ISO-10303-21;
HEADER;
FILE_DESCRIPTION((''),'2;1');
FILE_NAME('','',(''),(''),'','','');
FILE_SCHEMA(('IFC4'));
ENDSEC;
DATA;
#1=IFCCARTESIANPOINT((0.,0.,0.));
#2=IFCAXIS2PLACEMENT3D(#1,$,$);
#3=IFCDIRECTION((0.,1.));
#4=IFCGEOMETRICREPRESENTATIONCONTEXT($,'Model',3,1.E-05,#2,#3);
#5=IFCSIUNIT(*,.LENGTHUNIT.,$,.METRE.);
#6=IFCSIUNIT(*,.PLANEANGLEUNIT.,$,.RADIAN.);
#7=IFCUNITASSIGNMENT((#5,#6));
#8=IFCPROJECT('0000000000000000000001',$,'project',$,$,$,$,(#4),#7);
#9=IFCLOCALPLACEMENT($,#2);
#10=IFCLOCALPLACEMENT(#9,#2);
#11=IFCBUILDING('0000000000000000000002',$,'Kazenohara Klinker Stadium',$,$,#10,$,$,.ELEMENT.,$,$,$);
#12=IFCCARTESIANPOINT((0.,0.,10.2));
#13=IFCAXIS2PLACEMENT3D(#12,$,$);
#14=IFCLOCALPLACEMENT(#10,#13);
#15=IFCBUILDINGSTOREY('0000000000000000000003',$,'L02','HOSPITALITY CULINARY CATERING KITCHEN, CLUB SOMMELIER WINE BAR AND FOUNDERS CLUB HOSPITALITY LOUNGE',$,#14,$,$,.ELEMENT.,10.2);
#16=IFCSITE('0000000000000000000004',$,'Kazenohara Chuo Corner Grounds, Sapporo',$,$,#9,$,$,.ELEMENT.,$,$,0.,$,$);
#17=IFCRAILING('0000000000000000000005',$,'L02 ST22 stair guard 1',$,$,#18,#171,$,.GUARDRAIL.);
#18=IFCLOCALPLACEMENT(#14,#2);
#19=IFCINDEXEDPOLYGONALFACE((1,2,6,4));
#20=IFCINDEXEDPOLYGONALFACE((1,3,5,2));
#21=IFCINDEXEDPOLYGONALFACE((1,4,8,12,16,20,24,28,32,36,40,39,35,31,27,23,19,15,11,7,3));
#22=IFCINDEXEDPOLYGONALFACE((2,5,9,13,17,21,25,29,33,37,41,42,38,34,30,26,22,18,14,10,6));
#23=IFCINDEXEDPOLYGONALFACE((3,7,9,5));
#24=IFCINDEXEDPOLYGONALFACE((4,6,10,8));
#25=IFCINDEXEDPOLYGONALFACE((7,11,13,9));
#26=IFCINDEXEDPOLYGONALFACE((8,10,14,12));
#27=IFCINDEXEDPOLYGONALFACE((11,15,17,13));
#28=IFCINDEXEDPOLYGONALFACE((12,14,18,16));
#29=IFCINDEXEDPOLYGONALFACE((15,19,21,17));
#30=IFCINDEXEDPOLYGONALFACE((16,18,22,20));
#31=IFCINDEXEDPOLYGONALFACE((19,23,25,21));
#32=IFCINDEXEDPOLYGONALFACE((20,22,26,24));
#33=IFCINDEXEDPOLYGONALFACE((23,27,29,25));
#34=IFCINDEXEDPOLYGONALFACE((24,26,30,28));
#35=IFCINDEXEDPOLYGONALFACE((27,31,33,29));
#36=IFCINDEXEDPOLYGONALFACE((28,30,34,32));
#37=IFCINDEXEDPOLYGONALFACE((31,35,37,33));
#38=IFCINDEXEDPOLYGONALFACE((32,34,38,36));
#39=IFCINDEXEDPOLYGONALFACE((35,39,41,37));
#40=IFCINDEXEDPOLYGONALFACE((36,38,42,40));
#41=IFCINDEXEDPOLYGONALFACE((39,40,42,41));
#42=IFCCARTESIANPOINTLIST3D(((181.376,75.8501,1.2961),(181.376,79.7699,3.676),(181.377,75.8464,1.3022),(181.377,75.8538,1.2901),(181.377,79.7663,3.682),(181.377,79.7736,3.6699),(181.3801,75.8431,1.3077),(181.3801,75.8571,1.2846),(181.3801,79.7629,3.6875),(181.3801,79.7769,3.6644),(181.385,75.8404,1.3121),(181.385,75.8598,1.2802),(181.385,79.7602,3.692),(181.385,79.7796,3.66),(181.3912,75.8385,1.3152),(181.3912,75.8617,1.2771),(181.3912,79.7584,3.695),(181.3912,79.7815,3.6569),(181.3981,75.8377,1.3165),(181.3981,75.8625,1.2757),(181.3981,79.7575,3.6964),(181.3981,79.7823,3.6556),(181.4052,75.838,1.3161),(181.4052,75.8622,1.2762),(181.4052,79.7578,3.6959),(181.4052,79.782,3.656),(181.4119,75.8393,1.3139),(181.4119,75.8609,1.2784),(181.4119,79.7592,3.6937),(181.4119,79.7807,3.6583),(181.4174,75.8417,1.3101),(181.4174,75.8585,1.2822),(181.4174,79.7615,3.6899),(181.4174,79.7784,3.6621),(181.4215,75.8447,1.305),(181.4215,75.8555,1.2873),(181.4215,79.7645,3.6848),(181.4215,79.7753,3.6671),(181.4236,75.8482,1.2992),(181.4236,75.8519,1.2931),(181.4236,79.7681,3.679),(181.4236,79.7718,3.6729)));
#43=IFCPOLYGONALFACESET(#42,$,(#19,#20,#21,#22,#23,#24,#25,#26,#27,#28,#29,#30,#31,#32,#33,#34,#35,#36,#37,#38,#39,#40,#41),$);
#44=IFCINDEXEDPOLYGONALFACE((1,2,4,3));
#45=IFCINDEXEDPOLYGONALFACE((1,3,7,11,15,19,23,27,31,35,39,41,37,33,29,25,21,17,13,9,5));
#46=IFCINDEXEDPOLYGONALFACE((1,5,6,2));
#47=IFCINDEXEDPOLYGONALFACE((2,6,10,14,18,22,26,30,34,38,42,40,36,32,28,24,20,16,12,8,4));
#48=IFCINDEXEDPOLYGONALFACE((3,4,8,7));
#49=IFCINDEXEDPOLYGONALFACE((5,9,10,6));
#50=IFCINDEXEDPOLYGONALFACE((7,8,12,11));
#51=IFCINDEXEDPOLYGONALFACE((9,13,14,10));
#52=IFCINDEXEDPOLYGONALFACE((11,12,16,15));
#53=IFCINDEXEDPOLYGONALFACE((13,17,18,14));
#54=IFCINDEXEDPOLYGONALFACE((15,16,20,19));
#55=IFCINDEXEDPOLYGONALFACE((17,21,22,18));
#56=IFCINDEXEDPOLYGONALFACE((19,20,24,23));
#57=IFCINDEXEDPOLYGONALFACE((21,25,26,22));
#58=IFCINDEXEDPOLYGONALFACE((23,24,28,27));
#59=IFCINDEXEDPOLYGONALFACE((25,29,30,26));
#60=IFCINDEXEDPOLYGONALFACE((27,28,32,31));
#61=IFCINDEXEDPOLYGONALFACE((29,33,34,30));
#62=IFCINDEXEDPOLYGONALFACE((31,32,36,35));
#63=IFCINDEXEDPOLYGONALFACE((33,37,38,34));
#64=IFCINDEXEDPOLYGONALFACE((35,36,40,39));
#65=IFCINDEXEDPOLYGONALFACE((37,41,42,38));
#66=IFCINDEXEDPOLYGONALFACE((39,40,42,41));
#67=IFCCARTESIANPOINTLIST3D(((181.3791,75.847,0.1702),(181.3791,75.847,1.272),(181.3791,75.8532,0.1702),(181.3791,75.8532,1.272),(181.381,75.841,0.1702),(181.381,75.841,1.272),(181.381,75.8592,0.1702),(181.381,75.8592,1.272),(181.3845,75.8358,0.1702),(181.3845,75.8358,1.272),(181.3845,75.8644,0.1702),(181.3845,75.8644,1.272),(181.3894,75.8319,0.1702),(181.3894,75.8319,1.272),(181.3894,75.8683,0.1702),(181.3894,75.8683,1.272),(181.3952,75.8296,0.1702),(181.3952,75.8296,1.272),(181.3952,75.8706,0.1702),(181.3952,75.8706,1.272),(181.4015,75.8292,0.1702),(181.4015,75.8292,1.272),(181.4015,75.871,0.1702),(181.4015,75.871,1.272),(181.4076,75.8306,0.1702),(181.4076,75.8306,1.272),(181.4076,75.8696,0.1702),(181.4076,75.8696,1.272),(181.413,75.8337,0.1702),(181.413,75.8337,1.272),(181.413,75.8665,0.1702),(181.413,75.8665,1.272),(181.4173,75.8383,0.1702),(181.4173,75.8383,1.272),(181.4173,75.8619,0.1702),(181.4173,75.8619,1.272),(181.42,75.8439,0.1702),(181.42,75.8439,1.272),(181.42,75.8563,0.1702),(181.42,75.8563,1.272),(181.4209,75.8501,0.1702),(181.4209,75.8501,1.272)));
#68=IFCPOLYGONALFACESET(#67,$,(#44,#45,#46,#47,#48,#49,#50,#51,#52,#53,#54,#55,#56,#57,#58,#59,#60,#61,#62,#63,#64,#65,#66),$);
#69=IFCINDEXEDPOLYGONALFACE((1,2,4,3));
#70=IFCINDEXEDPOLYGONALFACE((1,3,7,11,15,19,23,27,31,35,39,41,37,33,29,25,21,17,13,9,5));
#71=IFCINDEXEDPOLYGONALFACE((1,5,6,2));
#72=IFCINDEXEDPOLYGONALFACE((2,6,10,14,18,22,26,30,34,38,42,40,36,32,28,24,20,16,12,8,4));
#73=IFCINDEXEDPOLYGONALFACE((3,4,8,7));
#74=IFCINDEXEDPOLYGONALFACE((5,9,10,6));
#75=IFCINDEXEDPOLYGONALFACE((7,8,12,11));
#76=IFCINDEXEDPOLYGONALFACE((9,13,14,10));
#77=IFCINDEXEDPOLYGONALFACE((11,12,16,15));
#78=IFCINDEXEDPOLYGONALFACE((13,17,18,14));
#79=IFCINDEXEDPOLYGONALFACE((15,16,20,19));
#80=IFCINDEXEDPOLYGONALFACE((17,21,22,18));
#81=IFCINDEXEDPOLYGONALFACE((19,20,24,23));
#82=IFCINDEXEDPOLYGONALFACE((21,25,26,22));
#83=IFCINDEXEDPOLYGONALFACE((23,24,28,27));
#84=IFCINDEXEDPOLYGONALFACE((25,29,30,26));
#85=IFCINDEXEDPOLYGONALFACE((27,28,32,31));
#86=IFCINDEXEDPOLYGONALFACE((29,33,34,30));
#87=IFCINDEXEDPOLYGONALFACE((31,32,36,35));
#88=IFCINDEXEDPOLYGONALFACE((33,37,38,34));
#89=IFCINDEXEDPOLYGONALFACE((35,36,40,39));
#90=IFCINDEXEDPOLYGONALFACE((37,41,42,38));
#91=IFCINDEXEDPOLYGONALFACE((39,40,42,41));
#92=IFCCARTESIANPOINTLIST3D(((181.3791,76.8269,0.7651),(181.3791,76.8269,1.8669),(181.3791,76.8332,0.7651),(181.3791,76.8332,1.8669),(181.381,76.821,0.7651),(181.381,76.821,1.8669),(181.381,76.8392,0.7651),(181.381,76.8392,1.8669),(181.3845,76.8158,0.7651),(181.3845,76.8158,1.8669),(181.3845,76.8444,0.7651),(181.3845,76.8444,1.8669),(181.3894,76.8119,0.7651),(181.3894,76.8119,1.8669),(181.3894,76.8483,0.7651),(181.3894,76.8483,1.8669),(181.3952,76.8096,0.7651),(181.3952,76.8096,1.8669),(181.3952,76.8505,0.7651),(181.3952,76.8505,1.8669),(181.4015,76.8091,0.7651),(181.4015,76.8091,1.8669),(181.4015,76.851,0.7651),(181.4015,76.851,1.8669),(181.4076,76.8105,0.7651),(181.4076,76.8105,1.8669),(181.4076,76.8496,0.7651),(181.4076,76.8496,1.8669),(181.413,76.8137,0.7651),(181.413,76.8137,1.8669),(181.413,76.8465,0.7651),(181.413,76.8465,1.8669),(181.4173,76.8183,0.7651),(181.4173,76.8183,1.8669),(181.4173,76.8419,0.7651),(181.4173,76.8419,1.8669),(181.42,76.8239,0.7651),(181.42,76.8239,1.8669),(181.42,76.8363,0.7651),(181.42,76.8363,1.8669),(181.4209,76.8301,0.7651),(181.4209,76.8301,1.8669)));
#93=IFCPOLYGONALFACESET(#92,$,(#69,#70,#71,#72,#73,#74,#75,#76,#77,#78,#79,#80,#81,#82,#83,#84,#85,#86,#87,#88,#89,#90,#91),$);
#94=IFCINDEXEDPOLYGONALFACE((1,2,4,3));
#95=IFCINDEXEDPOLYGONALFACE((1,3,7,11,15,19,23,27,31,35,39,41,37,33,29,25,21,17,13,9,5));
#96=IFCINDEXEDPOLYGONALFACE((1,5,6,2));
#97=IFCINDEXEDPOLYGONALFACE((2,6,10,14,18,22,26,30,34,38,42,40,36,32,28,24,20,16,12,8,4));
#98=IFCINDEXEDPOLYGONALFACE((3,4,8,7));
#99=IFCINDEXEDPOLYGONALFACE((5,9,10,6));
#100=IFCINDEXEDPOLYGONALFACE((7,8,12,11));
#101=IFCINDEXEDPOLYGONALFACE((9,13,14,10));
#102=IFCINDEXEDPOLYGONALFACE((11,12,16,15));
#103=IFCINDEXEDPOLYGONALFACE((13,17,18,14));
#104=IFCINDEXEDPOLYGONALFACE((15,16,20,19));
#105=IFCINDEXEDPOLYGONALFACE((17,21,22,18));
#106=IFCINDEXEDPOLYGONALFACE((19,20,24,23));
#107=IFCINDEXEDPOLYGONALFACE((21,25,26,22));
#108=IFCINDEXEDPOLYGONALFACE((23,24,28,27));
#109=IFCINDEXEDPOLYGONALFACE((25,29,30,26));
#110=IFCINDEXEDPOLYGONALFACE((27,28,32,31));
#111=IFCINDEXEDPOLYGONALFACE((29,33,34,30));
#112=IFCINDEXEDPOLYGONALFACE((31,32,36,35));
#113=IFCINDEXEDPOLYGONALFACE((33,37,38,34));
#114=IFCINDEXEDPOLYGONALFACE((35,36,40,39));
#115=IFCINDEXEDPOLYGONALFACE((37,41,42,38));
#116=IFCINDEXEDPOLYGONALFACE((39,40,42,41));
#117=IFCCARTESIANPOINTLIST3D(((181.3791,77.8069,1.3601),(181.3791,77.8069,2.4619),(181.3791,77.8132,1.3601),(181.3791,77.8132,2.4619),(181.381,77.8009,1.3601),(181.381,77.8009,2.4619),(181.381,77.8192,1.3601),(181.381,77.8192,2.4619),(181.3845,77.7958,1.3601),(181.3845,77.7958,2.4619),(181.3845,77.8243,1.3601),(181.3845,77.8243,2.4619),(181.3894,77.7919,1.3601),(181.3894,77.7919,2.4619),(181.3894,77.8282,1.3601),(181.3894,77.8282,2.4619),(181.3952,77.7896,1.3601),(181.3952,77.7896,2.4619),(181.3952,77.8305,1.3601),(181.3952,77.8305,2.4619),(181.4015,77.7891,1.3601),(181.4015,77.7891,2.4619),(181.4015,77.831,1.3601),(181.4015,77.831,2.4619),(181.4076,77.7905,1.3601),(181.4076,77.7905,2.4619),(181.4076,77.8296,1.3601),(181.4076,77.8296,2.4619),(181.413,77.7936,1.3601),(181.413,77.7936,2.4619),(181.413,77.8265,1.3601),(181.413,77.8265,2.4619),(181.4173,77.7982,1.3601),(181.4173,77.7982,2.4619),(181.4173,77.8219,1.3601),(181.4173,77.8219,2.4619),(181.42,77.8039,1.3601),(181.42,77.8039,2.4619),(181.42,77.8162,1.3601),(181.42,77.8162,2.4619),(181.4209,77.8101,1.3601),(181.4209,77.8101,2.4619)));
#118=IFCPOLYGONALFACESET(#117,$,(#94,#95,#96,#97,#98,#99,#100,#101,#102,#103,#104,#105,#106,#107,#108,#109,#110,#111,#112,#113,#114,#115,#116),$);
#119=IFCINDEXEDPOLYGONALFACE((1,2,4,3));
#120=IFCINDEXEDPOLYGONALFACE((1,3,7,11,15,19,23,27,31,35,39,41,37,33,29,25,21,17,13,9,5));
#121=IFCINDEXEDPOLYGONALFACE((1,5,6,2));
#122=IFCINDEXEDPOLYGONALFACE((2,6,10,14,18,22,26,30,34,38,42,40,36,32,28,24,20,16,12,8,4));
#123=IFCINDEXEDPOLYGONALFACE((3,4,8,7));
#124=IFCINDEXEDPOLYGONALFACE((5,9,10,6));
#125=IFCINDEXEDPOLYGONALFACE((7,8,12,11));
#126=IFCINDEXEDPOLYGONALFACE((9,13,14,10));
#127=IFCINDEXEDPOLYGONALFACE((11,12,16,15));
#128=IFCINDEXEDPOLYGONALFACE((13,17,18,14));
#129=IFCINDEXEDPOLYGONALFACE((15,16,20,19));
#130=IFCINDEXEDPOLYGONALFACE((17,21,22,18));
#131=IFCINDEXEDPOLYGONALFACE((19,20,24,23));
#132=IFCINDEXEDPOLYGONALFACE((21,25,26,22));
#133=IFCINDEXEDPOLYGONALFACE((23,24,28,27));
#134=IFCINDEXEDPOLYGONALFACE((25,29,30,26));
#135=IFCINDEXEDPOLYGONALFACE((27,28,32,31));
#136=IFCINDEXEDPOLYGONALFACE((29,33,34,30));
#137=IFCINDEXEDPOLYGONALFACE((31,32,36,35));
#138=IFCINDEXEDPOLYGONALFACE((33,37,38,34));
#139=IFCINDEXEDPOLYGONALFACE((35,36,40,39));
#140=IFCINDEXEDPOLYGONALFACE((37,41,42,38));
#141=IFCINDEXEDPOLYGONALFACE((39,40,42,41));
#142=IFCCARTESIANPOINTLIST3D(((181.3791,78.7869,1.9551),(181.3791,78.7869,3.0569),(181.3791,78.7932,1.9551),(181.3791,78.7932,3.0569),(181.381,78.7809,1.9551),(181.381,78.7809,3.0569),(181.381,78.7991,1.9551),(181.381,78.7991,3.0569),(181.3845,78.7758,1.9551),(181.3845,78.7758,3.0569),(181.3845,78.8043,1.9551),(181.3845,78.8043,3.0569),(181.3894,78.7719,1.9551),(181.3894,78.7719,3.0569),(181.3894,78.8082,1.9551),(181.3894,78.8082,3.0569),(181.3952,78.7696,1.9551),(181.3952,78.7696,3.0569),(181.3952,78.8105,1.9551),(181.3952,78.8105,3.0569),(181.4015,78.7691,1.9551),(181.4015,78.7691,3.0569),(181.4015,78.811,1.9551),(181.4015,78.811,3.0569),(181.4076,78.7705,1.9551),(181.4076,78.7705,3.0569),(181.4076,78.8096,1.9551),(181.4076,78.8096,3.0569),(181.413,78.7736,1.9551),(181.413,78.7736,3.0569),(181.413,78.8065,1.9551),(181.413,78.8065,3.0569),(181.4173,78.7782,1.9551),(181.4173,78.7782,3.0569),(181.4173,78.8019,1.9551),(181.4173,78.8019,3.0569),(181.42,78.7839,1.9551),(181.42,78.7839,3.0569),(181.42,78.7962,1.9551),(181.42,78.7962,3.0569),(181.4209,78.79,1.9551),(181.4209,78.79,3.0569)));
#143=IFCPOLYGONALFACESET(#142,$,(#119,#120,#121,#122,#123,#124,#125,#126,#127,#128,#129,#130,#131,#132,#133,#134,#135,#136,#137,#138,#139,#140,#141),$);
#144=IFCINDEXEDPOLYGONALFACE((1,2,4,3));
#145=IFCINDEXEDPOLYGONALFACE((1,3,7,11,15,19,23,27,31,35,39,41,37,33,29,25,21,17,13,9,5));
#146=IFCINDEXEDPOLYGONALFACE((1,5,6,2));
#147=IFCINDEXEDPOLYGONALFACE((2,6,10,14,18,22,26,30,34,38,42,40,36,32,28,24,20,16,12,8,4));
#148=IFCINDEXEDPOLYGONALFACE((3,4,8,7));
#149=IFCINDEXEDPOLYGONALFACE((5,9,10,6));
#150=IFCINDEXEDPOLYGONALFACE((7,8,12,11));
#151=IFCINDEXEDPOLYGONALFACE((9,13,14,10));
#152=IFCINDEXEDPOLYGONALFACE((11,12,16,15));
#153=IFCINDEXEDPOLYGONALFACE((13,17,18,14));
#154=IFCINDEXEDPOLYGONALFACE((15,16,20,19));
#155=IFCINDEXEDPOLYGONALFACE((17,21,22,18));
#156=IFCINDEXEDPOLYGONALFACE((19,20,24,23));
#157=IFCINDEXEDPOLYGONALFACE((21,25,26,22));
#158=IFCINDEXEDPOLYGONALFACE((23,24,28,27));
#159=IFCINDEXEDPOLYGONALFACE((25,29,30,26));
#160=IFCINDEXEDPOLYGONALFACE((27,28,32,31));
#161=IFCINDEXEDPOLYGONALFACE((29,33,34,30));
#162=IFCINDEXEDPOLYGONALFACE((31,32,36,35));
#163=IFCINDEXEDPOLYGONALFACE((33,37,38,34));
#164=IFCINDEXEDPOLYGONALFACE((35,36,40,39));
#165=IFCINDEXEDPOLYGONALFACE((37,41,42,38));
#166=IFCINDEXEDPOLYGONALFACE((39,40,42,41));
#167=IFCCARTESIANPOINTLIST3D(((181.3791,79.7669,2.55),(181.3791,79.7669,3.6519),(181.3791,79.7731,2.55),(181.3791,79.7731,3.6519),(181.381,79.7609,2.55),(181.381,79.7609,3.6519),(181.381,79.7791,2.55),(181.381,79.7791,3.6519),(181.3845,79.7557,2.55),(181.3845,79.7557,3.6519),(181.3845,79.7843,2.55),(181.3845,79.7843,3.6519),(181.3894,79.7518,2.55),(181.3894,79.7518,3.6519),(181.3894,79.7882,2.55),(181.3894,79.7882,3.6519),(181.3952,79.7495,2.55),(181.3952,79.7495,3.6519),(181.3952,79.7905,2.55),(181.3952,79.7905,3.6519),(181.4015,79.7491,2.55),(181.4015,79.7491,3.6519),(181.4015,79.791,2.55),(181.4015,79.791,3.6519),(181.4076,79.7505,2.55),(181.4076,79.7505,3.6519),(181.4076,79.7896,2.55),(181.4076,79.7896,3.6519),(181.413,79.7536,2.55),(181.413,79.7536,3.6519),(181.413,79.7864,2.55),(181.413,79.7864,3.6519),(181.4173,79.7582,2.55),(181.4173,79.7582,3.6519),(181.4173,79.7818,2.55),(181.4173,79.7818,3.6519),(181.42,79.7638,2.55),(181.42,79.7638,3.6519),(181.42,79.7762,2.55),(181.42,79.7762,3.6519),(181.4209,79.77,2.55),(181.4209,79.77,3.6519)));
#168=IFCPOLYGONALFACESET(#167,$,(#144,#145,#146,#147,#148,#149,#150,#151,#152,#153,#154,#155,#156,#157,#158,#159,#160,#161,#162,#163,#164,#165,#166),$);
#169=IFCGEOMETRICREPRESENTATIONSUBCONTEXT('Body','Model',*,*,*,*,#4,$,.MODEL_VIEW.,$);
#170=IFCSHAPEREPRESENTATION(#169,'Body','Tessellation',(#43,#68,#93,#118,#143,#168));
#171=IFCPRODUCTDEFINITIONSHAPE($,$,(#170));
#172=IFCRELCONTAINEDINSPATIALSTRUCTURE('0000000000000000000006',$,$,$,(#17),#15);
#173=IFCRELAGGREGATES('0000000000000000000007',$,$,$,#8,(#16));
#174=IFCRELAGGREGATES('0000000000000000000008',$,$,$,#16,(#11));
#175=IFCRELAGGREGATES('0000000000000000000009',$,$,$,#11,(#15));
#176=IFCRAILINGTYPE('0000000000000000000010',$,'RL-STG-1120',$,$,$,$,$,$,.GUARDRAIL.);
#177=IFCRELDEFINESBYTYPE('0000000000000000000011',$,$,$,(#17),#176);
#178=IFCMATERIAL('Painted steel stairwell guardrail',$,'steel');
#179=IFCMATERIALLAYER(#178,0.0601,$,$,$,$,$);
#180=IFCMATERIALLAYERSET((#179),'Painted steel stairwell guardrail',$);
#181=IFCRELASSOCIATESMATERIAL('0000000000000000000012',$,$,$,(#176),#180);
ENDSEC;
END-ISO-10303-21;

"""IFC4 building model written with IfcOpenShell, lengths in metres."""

from ifc_helpers import new_model, si_unit, direction, frame, origin, origin_2d, place, context, subcontext, project, spatial, circle, extrude, material, layer, layer_set, type_object, element, save


model = new_model("IFC4")

# Units and contexts
model_context = context("Model", 3, precision=1e-05, world=origin(), true_north=direction((0.0, 1.0)))
body_context = subcontext(model_context, "Body", "Model", "MODEL_VIEW")
ifc_project = project(units=[si_unit("LENGTHUNIT", "METRE"), si_unit("PLANEANGLEUNIT", "RADIAN")], contexts=[model_context])

# Site, building, storey
site_placement = place(None, origin())
site = spatial("IfcSite", under=ifc_project, at=site_placement, Name="Kazenohara Chuo Corner Grounds, Sapporo", CompositionType="ELEMENT", RefElevation=0.0)
building_placement = place(site_placement, origin())
building = spatial("IfcBuilding", under=site, at=building_placement, Name="Kazenohara Klinker Stadium", CompositionType="ELEMENT")
storey_placement = place(building_placement, frame((0.0, 0.0, 10.2)))
storey = spatial("IfcBuildingStorey", under=building, at=storey_placement, Name="L02", Description="HOSPITALITY CULINARY CATERING KITCHEN, CLUB SOMMELIER WINE BAR AND FOUNDERS CLUB HOSPITALITY LOUNGE", CompositionType="ELEMENT", Elevation=10.2)

# Railing
ifc_material_1 = material(Name="Painted steel stairwell guardrail", Category="steel")
ifc_layer_1 = layer(ifc_material_1, 0.0601)
ifc_layer_set_1 = layer_set([ifc_layer_1], Name="Painted steel stairwell guardrail")
railing_type_1 = type_object("IfcRailingType", Name="RL-STG-1120", PredefinedType="GUARDRAIL", material=ifc_layer_set_1)
railing_1_placement = place(storey_placement, frame((181.3999, 75.8501, 0.1702)))
element("IfcRailing", 1, at=railing_1_placement, inside=storey, type_object=railing_type_1, Name="L02 ST22 stair guard 1", PredefinedType="GUARDRAIL", context=body_context, shape_type="SweptSolid", body=[
    extrude(circle(Radius=0.0239, at=origin_2d()), frame((0.0, 0.0, 1.126), z_axis=(0.0, 0.854794, 0.518967), x_axis=(-1.0, 0.0, 0.0)), (0.0, 0.0, 1.0), 4.5857),
    extrude(circle(Radius=0.021, at=origin_2d()), origin(), (0.0, 0.0, 1.0), 1.1018),
    extrude(circle(Radius=0.021, at=origin_2d()), frame((0.0, 0.98, 0.595)), (0.0, 0.0, 1.0), 1.1018),
    extrude(circle(Radius=0.021, at=origin_2d()), frame((0.0, 1.96, 1.1899)), (0.0, 0.0, 1.0), 1.1018),
    extrude(circle(Radius=0.021, at=origin_2d()), frame((0.0, 2.9399, 1.7849)), (0.0, 0.0, 1.0), 1.1018),
    extrude(circle(Radius=0.021, at=origin_2d()), frame((0.0, 3.9199, 2.3799)), (0.0, 0.0, 1.0), 1.1018),
])

save(model, "model.ifc")
